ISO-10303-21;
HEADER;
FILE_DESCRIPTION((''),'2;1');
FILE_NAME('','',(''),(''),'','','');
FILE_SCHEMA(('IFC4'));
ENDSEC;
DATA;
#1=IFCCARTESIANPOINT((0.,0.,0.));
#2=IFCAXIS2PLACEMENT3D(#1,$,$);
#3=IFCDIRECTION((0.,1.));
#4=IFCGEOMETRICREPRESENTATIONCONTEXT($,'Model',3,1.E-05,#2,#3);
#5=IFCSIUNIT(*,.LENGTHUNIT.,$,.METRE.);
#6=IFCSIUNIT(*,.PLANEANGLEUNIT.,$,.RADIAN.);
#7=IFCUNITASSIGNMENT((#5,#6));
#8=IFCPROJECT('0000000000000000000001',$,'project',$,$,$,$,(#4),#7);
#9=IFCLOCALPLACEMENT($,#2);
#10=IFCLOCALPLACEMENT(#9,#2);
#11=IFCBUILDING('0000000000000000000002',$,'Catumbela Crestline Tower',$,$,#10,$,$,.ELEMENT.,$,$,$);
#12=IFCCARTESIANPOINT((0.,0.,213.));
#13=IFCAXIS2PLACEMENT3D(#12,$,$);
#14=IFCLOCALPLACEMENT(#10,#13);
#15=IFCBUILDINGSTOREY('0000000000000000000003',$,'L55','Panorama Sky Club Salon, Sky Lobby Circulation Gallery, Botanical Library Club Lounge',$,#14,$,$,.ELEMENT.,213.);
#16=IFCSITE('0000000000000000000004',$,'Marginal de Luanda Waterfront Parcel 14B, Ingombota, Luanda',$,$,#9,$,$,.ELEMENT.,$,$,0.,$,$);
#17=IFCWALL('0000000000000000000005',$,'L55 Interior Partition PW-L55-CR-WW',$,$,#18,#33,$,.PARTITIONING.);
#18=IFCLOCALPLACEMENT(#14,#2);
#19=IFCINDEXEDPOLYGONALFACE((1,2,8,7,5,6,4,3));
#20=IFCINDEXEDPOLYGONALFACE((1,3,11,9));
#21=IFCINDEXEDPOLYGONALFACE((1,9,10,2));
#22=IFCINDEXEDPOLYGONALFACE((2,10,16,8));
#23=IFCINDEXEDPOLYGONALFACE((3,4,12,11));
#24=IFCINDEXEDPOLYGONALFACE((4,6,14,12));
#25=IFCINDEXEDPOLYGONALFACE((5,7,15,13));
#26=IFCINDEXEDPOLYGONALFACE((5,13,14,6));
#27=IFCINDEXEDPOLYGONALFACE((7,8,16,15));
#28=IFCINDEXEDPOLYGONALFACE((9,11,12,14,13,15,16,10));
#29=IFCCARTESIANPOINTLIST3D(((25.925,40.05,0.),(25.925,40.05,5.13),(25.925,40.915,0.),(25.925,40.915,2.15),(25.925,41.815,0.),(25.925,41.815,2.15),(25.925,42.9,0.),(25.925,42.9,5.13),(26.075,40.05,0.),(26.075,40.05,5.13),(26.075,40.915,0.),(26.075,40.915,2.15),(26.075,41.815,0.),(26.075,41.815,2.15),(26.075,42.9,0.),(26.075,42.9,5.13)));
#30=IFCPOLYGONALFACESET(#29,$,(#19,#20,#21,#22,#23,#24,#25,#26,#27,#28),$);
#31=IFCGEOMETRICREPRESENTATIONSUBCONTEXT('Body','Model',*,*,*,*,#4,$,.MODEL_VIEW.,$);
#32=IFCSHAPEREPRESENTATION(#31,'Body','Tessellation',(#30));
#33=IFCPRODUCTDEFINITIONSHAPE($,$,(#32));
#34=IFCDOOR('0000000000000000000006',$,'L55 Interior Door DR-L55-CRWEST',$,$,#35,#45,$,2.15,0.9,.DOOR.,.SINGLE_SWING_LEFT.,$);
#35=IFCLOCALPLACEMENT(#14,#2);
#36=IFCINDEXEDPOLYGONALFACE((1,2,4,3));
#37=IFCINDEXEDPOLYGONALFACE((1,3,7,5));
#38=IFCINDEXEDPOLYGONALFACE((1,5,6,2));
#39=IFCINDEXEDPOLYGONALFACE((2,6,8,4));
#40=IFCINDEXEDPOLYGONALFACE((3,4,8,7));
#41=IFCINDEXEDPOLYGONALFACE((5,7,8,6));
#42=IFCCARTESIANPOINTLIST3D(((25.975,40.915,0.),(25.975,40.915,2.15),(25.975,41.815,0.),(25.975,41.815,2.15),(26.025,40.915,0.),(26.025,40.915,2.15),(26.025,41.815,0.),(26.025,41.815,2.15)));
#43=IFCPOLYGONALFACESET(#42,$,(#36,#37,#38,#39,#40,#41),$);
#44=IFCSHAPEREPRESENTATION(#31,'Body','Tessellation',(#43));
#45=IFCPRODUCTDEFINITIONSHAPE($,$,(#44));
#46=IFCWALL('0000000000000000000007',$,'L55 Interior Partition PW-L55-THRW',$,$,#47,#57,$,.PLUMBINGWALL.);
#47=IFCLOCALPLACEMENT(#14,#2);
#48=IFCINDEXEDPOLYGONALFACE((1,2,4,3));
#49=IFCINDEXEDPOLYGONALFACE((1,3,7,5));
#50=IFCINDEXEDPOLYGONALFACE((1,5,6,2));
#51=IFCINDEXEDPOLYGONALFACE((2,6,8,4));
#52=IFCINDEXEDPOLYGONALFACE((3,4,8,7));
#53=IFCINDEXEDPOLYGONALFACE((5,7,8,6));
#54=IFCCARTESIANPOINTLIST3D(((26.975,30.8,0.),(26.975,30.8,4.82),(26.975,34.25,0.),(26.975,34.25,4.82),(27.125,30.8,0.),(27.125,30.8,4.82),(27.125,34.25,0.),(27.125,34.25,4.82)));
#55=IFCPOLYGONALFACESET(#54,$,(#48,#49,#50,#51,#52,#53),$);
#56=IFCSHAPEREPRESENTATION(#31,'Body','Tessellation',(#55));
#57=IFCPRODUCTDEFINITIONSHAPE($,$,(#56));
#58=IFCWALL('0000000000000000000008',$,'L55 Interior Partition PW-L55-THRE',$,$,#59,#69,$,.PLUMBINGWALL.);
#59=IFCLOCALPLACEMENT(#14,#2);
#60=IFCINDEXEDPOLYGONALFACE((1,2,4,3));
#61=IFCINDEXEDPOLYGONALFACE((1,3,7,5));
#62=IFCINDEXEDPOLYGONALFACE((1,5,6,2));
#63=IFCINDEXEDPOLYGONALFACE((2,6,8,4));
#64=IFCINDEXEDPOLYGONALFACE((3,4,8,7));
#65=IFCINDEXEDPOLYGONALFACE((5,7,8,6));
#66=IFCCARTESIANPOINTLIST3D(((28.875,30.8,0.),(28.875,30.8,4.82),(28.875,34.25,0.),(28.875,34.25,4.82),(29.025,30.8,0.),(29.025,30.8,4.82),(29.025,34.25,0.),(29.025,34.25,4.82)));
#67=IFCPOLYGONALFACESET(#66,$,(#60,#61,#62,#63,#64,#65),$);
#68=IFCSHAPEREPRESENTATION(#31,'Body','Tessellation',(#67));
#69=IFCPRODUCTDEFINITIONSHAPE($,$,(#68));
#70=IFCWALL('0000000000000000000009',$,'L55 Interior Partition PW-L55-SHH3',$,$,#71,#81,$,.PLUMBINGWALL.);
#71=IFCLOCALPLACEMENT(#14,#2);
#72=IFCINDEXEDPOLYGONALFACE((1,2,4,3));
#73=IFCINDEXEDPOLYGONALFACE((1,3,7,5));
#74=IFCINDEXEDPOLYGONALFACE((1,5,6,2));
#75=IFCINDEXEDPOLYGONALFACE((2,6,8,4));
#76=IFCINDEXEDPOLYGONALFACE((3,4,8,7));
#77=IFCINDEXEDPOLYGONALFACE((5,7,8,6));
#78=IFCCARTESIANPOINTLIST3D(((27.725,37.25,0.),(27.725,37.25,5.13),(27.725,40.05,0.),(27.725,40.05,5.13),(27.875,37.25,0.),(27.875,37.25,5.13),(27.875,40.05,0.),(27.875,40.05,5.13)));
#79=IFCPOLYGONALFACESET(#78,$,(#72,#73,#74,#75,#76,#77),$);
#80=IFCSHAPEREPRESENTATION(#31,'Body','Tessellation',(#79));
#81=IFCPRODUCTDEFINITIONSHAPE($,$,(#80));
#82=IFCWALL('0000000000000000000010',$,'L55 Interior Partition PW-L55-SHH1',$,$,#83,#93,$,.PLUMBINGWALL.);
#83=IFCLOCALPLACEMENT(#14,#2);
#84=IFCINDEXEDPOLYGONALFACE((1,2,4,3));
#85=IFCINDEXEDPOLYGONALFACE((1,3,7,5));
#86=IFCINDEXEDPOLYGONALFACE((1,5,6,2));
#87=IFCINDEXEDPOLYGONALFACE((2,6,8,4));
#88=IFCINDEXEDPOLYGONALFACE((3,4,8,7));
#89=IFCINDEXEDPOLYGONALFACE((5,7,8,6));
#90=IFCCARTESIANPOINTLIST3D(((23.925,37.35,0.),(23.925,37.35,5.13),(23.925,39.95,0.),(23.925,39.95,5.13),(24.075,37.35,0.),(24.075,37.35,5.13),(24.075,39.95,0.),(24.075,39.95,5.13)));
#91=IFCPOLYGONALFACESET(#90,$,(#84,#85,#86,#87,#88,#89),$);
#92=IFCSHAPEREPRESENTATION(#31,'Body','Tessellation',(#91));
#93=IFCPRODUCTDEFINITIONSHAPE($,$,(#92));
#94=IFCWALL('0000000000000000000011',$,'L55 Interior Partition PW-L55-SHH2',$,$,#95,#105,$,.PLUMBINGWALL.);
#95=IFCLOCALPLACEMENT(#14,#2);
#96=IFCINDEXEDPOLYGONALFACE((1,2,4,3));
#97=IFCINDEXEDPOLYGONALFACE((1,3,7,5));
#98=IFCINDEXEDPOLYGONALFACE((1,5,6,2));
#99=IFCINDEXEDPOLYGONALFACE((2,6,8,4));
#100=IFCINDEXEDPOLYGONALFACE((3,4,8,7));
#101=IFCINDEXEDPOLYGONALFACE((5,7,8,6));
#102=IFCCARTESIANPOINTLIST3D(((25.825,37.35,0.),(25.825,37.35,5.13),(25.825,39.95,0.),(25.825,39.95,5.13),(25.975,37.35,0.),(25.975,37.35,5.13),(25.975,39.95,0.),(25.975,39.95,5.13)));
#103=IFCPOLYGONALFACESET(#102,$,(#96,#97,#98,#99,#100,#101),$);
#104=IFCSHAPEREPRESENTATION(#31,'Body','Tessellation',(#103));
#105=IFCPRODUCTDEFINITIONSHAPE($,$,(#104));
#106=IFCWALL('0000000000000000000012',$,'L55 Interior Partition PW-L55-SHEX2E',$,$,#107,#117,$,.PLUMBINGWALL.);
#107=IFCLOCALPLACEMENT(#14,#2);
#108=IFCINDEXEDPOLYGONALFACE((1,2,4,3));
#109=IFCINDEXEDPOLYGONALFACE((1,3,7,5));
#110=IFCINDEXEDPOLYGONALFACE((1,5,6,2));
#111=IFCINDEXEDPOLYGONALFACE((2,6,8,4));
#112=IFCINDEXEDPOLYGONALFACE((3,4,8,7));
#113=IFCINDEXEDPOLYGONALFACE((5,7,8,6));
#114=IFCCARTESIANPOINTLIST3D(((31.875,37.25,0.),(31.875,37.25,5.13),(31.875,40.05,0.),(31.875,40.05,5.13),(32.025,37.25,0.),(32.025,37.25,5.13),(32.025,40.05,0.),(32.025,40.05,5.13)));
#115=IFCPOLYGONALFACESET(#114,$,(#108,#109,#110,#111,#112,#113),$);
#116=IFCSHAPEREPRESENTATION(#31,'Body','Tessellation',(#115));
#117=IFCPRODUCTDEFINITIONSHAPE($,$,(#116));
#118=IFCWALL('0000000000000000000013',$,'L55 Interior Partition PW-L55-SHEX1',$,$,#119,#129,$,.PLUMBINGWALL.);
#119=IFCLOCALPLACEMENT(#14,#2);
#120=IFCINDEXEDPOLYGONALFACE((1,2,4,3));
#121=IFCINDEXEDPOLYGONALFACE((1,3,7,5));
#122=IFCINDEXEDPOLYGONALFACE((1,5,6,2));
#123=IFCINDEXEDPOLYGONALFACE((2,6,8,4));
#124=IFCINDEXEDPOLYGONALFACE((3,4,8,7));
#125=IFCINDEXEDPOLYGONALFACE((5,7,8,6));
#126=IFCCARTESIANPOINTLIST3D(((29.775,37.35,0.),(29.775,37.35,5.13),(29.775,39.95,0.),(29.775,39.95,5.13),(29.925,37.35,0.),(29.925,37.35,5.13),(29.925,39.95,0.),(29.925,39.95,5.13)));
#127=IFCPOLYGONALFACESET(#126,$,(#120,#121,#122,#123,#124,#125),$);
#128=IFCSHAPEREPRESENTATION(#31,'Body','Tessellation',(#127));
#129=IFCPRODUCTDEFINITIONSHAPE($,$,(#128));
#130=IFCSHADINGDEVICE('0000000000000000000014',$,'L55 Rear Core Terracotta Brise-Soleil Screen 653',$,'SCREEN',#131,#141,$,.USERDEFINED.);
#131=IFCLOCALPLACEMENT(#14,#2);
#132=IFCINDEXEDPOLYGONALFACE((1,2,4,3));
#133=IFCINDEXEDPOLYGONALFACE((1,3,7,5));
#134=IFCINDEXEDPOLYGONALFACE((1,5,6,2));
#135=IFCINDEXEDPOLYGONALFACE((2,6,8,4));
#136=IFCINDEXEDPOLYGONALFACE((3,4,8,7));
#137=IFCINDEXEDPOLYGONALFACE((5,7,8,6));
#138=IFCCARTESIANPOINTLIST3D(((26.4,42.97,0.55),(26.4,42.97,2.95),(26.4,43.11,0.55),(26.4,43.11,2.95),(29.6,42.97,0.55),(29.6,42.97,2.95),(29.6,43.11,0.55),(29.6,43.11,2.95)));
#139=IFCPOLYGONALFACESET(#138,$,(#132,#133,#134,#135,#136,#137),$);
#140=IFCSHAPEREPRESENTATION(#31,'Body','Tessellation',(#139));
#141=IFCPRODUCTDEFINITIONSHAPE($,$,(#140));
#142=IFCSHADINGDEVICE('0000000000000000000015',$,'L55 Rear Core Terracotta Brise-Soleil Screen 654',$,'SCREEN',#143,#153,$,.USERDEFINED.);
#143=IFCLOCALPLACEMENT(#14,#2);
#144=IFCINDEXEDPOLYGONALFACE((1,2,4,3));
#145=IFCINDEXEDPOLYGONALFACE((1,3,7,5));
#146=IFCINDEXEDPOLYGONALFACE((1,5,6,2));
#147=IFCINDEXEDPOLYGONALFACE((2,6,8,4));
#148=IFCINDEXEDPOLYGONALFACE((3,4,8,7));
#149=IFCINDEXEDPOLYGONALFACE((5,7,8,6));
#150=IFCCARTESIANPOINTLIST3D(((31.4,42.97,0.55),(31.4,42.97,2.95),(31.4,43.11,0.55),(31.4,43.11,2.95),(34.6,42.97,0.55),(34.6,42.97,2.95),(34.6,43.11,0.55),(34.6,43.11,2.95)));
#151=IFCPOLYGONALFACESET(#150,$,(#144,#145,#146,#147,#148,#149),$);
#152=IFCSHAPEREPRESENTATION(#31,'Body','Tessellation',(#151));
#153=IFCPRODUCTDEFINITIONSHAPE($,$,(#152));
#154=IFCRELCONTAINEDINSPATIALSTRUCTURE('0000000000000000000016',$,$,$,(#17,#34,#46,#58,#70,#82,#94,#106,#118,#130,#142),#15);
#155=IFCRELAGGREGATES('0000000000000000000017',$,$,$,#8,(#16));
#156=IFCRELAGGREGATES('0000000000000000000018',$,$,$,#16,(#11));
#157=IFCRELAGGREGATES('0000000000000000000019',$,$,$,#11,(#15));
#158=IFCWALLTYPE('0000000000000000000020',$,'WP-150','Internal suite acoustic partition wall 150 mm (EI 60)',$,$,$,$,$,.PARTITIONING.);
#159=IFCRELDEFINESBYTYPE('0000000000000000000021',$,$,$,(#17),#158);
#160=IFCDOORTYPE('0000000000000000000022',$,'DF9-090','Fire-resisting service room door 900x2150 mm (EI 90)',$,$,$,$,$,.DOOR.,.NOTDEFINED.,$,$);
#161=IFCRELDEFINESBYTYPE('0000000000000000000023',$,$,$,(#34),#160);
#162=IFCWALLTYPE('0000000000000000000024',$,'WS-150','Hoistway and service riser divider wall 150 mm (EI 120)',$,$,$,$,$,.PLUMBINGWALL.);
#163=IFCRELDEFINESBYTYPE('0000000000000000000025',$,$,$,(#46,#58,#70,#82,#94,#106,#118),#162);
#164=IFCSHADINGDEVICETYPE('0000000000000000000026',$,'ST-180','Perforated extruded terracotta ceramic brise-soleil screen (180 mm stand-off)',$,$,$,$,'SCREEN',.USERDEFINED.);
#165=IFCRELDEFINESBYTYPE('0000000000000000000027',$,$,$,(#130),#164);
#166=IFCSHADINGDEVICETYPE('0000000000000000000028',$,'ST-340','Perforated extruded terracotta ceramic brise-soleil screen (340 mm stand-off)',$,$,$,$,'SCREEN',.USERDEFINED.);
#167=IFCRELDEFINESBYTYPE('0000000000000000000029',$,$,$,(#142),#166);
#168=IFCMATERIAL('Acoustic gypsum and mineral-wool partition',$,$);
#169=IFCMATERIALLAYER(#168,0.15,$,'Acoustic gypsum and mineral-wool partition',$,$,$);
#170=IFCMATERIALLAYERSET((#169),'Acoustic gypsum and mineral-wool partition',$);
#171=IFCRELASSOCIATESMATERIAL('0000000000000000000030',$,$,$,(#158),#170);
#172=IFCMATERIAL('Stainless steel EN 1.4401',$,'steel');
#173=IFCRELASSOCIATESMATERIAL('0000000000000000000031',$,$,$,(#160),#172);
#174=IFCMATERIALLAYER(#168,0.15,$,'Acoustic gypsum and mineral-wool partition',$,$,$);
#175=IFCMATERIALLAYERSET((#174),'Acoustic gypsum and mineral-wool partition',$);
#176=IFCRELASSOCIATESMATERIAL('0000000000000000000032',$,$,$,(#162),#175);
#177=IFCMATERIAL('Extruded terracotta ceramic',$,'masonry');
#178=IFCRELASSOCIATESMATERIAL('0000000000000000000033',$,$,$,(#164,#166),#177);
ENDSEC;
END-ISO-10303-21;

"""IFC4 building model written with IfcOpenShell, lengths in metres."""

from ifc_helpers import new_model, si_unit, direction, frame, frame_2d, origin, origin_2d, place, context, subcontext, project, spatial, rectangle, extrude, material, layer, layer_set, type_object, element, fill, save


model = new_model("IFC4")

# Units and contexts
model_context = context("Model", 3, precision=1e-05, world=origin(), true_north=direction((0.0, 1.0)))
body_context = subcontext(model_context, "Body", "Model", "MODEL_VIEW")
ifc_project = project(units=[si_unit("LENGTHUNIT", "METRE"), si_unit("PLANEANGLEUNIT", "RADIAN")], contexts=[model_context])

# Site, building, storey
site_placement = place(None, origin())
site = spatial("IfcSite", under=ifc_project, at=site_placement, Name="Marginal de Luanda Waterfront Parcel 14B, Ingombota, Luanda", CompositionType="ELEMENT", RefElevation=0.0)
building_placement = place(site_placement, origin())
building = spatial("IfcBuilding", under=site, at=building_placement, Name="Catumbela Crestline Tower", CompositionType="ELEMENT")
storey_placement = place(building_placement, frame((0.0, 0.0, 213.0)))
storey = spatial("IfcBuildingStorey", under=building, at=storey_placement, Name="L55", Description="Panorama Sky Club Salon, Sky Lobby Circulation Gallery, Botanical Library Club Lounge", CompositionType="ELEMENT", Elevation=213.0)

# Shared definitions
ifc_material_1 = material(Name="Stainless steel EN 1.4401", Category="steel")

# Wall, opening, door
ifc_material_2 = material(Name="Acoustic gypsum and mineral-wool partition")
ifc_layer_1 = layer(ifc_material_2, 0.15, Name="Acoustic gypsum and mineral-wool partition")
ifc_layer_set_1 = layer_set([ifc_layer_1], Name="Acoustic gypsum and mineral-wool partition")
wall_type_1 = type_object("IfcWallType", Name="WP-150", Description="Internal suite acoustic partition wall 150 mm (EI 60)", PredefinedType="PARTITIONING", material=ifc_layer_set_1)
wall_1_placement = place(storey_placement, frame((26.0, 40.05, 0.0), z_axis=(0.0, 0.0, 1.0), x_axis=(0.0, 1.0, 0.0)))
wall_1 = element("IfcWall", 1, at=wall_1_placement, inside=storey, type_object=wall_type_1, Name="L55 Interior Partition PW-L55-CR-WW", PredefinedType="PARTITIONING", context=body_context, shape_type="SweptSolid", body=[
    extrude(rectangle(XDim=2.85, YDim=0.15, at=frame_2d((1.425, 0.0))), origin(), (0.0, 0.0, 1.0), 5.13),
])
opening_1_placement = place(wall_1_placement, frame((0.865, 0.0, 0.0)))
opening_1 = element("IfcOpeningElement", 2, at=opening_1_placement, cuts=wall_1, PredefinedType="OPENING", context=body_context, shape_type="SweptSolid", body=[
    extrude(rectangle(XDim=0.9, YDim=2.15, at=frame_2d((0.45, 1.075))), frame((0.0, 0.085, 0.0), z_axis=(0.0, -1.0, 0.0), x_axis=(1.0, 0.0, 0.0)), (0.0, 0.0, 1.0), 0.17),
])
door_type_1 = type_object("IfcDoorType", Name="DF9-090", Description="Fire-resisting service room door 900x2150 mm (EI 90)", OperationType="NOTDEFINED", PredefinedType="DOOR", material=ifc_material_1)
door_1_placement = place(opening_1_placement, origin())
door_1 = element("IfcDoor", 3, at=door_1_placement, inside=storey, type_object=door_type_1, Name="L55 Interior Door DR-L55-CRWEST", OperationType="SINGLE_SWING_LEFT", OverallHeight=2.15, OverallWidth=0.9, PredefinedType="DOOR", context=body_context, shape_type="SweptSolid", body=[
    extrude(rectangle(XDim=0.9, YDim=2.15, at=frame_2d((0.45, 1.075))), frame((0.0, 0.025, 0.0), z_axis=(0.0, -1.0, 0.0), x_axis=(1.0, 0.0, 0.0)), (0.0, 0.0, 1.0), 0.05),
])
fill(opening_1, door_1)

# Walls
ifc_layer_2 = layer(ifc_material_2, 0.15, Name="Acoustic gypsum and mineral-wool partition")
ifc_layer_set_2 = layer_set([ifc_layer_2], Name="Acoustic gypsum and mineral-wool partition")
wall_type_2 = type_object("IfcWallType", Name="WS-150", Description="Hoistway and service riser divider wall 150 mm (EI 120)", PredefinedType="PLUMBINGWALL", material=ifc_layer_set_2)
for number, where, z_axis, x_axis, name in (
    (4, (27.05, 30.8, 0.0), (0.0, 0.0, 1.0), (0.0, 1.0, 0.0), "L55 Interior Partition PW-L55-THRW"),
    (5, (28.95, 30.8, 0.0), (0.0, 0.0, 1.0), (0.0, 1.0, 0.0), "L55 Interior Partition PW-L55-THRE"),
):
    element("IfcWall", number, at=place(storey_placement, frame(where, z_axis=z_axis, x_axis=x_axis)), inside=storey, type_object=wall_type_2, Name=name, PredefinedType="PLUMBINGWALL", context=body_context, shape_type="SweptSolid", body=[
        extrude(rectangle(XDim=3.45, YDim=0.15, at=frame_2d((1.725, 0.0))), origin(), (0.0, 0.0, 1.0), 4.82),
    ])
wall_2_placement = place(storey_placement, frame((27.8, 37.25, 0.0), z_axis=(0.0, 0.0, 1.0), x_axis=(0.0, 1.0, 0.0)))
element("IfcWall", 6, at=wall_2_placement, inside=storey, type_object=wall_type_2, Name="L55 Interior Partition PW-L55-SHH3", PredefinedType="PLUMBINGWALL", context=body_context, shape_type="SweptSolid", body=[
    extrude(rectangle(XDim=2.8, YDim=0.15, at=frame_2d((1.4, 0.0))), origin(), (0.0, 0.0, 1.0), 5.13),
])
for number, where, z_axis, x_axis, name in (
    (7, (24.0, 37.35, 0.0), (0.0, 0.0, 1.0), (0.0, 1.0, 0.0), "L55 Interior Partition PW-L55-SHH1"),
    (8, (25.9, 37.35, 0.0), (0.0, 0.0, 1.0), (0.0, 1.0, 0.0), "L55 Interior Partition PW-L55-SHH2"),
):
    element("IfcWall", number, at=place(storey_placement, frame(where, z_axis=z_axis, x_axis=x_axis)), inside=storey, type_object=wall_type_2, Name=name, PredefinedType="PLUMBINGWALL", context=body_context, shape_type="SweptSolid", body=[
        extrude(rectangle(XDim=2.6, YDim=0.15, at=frame_2d((1.3, 0.0))), origin(), (0.0, 0.0, 1.0), 5.13),
    ])
wall_3_placement = place(storey_placement, frame((31.95, 37.25, 0.0), z_axis=(0.0, 0.0, 1.0), x_axis=(0.0, 1.0, 0.0)))
element("IfcWall", 9, at=wall_3_placement, inside=storey, type_object=wall_type_2, Name="L55 Interior Partition PW-L55-SHEX2E", PredefinedType="PLUMBINGWALL", context=body_context, shape_type="SweptSolid", body=[
    extrude(rectangle(XDim=2.8, YDim=0.15, at=frame_2d((1.4, 0.0))), origin(), (0.0, 0.0, 1.0), 5.13),
])
wall_4_placement = place(storey_placement, frame((29.85, 37.35, 0.0), z_axis=(0.0, 0.0, 1.0), x_axis=(0.0, 1.0, 0.0)))
element("IfcWall", 10, at=wall_4_placement, inside=storey, type_object=wall_type_2, Name="L55 Interior Partition PW-L55-SHEX1", PredefinedType="PLUMBINGWALL", context=body_context, shape_type="SweptSolid", body=[
    extrude(rectangle(XDim=2.6, YDim=0.15, at=frame_2d((1.3, 0.0))), origin(), (0.0, 0.0, 1.0), 5.13),
])

# Shading devices
ifc_material_3 = material(Name="Extruded terracotta ceramic", Category="masonry")
shading_device_type_1 = type_object("IfcShadingDeviceType", Name="ST-180", Description="Perforated extruded terracotta ceramic brise-soleil screen (180 mm stand-off)", ElementType="SCREEN", PredefinedType="USERDEFINED", material=ifc_material_3)
shading_device_1_placement = place(storey_placement, frame((28.0, 43.04, 0.55), z_axis=(0.0, 0.0, 1.0), x_axis=(1.0, 0.0, 0.0)))
element("IfcShadingDevice", 11, at=shading_device_1_placement, inside=storey, type_object=shading_device_type_1, Name="L55 Rear Core Terracotta Brise-Soleil Screen 653", ObjectType="SCREEN", PredefinedType="USERDEFINED", context=body_context, shape_type="SweptSolid", body=[
    extrude(rectangle(XDim=3.2, YDim=0.14, at=origin_2d()), origin(), (0.0, 0.0, 1.0), 2.4),
])
shading_device_type_2 = type_object("IfcShadingDeviceType", Name="ST-340", Description="Perforated extruded terracotta ceramic brise-soleil screen (340 mm stand-off)", ElementType="SCREEN", PredefinedType="USERDEFINED", material=ifc_material_3)
shading_device_2_placement = place(storey_placement, frame((33.0, 43.04, 0.55), z_axis=(0.0, 0.0, 1.0), x_axis=(1.0, 0.0, 0.0)))
element("IfcShadingDevice", 12, at=shading_device_2_placement, inside=storey, type_object=shading_device_type_2, Name="L55 Rear Core Terracotta Brise-Soleil Screen 654", ObjectType="SCREEN", PredefinedType="USERDEFINED", context=body_context, shape_type="SweptSolid", body=[
    extrude(rectangle(XDim=3.2, YDim=0.14, at=origin_2d()), origin(), (0.0, 0.0, 1.0), 2.4),
])

save(model, "model.ifc")
